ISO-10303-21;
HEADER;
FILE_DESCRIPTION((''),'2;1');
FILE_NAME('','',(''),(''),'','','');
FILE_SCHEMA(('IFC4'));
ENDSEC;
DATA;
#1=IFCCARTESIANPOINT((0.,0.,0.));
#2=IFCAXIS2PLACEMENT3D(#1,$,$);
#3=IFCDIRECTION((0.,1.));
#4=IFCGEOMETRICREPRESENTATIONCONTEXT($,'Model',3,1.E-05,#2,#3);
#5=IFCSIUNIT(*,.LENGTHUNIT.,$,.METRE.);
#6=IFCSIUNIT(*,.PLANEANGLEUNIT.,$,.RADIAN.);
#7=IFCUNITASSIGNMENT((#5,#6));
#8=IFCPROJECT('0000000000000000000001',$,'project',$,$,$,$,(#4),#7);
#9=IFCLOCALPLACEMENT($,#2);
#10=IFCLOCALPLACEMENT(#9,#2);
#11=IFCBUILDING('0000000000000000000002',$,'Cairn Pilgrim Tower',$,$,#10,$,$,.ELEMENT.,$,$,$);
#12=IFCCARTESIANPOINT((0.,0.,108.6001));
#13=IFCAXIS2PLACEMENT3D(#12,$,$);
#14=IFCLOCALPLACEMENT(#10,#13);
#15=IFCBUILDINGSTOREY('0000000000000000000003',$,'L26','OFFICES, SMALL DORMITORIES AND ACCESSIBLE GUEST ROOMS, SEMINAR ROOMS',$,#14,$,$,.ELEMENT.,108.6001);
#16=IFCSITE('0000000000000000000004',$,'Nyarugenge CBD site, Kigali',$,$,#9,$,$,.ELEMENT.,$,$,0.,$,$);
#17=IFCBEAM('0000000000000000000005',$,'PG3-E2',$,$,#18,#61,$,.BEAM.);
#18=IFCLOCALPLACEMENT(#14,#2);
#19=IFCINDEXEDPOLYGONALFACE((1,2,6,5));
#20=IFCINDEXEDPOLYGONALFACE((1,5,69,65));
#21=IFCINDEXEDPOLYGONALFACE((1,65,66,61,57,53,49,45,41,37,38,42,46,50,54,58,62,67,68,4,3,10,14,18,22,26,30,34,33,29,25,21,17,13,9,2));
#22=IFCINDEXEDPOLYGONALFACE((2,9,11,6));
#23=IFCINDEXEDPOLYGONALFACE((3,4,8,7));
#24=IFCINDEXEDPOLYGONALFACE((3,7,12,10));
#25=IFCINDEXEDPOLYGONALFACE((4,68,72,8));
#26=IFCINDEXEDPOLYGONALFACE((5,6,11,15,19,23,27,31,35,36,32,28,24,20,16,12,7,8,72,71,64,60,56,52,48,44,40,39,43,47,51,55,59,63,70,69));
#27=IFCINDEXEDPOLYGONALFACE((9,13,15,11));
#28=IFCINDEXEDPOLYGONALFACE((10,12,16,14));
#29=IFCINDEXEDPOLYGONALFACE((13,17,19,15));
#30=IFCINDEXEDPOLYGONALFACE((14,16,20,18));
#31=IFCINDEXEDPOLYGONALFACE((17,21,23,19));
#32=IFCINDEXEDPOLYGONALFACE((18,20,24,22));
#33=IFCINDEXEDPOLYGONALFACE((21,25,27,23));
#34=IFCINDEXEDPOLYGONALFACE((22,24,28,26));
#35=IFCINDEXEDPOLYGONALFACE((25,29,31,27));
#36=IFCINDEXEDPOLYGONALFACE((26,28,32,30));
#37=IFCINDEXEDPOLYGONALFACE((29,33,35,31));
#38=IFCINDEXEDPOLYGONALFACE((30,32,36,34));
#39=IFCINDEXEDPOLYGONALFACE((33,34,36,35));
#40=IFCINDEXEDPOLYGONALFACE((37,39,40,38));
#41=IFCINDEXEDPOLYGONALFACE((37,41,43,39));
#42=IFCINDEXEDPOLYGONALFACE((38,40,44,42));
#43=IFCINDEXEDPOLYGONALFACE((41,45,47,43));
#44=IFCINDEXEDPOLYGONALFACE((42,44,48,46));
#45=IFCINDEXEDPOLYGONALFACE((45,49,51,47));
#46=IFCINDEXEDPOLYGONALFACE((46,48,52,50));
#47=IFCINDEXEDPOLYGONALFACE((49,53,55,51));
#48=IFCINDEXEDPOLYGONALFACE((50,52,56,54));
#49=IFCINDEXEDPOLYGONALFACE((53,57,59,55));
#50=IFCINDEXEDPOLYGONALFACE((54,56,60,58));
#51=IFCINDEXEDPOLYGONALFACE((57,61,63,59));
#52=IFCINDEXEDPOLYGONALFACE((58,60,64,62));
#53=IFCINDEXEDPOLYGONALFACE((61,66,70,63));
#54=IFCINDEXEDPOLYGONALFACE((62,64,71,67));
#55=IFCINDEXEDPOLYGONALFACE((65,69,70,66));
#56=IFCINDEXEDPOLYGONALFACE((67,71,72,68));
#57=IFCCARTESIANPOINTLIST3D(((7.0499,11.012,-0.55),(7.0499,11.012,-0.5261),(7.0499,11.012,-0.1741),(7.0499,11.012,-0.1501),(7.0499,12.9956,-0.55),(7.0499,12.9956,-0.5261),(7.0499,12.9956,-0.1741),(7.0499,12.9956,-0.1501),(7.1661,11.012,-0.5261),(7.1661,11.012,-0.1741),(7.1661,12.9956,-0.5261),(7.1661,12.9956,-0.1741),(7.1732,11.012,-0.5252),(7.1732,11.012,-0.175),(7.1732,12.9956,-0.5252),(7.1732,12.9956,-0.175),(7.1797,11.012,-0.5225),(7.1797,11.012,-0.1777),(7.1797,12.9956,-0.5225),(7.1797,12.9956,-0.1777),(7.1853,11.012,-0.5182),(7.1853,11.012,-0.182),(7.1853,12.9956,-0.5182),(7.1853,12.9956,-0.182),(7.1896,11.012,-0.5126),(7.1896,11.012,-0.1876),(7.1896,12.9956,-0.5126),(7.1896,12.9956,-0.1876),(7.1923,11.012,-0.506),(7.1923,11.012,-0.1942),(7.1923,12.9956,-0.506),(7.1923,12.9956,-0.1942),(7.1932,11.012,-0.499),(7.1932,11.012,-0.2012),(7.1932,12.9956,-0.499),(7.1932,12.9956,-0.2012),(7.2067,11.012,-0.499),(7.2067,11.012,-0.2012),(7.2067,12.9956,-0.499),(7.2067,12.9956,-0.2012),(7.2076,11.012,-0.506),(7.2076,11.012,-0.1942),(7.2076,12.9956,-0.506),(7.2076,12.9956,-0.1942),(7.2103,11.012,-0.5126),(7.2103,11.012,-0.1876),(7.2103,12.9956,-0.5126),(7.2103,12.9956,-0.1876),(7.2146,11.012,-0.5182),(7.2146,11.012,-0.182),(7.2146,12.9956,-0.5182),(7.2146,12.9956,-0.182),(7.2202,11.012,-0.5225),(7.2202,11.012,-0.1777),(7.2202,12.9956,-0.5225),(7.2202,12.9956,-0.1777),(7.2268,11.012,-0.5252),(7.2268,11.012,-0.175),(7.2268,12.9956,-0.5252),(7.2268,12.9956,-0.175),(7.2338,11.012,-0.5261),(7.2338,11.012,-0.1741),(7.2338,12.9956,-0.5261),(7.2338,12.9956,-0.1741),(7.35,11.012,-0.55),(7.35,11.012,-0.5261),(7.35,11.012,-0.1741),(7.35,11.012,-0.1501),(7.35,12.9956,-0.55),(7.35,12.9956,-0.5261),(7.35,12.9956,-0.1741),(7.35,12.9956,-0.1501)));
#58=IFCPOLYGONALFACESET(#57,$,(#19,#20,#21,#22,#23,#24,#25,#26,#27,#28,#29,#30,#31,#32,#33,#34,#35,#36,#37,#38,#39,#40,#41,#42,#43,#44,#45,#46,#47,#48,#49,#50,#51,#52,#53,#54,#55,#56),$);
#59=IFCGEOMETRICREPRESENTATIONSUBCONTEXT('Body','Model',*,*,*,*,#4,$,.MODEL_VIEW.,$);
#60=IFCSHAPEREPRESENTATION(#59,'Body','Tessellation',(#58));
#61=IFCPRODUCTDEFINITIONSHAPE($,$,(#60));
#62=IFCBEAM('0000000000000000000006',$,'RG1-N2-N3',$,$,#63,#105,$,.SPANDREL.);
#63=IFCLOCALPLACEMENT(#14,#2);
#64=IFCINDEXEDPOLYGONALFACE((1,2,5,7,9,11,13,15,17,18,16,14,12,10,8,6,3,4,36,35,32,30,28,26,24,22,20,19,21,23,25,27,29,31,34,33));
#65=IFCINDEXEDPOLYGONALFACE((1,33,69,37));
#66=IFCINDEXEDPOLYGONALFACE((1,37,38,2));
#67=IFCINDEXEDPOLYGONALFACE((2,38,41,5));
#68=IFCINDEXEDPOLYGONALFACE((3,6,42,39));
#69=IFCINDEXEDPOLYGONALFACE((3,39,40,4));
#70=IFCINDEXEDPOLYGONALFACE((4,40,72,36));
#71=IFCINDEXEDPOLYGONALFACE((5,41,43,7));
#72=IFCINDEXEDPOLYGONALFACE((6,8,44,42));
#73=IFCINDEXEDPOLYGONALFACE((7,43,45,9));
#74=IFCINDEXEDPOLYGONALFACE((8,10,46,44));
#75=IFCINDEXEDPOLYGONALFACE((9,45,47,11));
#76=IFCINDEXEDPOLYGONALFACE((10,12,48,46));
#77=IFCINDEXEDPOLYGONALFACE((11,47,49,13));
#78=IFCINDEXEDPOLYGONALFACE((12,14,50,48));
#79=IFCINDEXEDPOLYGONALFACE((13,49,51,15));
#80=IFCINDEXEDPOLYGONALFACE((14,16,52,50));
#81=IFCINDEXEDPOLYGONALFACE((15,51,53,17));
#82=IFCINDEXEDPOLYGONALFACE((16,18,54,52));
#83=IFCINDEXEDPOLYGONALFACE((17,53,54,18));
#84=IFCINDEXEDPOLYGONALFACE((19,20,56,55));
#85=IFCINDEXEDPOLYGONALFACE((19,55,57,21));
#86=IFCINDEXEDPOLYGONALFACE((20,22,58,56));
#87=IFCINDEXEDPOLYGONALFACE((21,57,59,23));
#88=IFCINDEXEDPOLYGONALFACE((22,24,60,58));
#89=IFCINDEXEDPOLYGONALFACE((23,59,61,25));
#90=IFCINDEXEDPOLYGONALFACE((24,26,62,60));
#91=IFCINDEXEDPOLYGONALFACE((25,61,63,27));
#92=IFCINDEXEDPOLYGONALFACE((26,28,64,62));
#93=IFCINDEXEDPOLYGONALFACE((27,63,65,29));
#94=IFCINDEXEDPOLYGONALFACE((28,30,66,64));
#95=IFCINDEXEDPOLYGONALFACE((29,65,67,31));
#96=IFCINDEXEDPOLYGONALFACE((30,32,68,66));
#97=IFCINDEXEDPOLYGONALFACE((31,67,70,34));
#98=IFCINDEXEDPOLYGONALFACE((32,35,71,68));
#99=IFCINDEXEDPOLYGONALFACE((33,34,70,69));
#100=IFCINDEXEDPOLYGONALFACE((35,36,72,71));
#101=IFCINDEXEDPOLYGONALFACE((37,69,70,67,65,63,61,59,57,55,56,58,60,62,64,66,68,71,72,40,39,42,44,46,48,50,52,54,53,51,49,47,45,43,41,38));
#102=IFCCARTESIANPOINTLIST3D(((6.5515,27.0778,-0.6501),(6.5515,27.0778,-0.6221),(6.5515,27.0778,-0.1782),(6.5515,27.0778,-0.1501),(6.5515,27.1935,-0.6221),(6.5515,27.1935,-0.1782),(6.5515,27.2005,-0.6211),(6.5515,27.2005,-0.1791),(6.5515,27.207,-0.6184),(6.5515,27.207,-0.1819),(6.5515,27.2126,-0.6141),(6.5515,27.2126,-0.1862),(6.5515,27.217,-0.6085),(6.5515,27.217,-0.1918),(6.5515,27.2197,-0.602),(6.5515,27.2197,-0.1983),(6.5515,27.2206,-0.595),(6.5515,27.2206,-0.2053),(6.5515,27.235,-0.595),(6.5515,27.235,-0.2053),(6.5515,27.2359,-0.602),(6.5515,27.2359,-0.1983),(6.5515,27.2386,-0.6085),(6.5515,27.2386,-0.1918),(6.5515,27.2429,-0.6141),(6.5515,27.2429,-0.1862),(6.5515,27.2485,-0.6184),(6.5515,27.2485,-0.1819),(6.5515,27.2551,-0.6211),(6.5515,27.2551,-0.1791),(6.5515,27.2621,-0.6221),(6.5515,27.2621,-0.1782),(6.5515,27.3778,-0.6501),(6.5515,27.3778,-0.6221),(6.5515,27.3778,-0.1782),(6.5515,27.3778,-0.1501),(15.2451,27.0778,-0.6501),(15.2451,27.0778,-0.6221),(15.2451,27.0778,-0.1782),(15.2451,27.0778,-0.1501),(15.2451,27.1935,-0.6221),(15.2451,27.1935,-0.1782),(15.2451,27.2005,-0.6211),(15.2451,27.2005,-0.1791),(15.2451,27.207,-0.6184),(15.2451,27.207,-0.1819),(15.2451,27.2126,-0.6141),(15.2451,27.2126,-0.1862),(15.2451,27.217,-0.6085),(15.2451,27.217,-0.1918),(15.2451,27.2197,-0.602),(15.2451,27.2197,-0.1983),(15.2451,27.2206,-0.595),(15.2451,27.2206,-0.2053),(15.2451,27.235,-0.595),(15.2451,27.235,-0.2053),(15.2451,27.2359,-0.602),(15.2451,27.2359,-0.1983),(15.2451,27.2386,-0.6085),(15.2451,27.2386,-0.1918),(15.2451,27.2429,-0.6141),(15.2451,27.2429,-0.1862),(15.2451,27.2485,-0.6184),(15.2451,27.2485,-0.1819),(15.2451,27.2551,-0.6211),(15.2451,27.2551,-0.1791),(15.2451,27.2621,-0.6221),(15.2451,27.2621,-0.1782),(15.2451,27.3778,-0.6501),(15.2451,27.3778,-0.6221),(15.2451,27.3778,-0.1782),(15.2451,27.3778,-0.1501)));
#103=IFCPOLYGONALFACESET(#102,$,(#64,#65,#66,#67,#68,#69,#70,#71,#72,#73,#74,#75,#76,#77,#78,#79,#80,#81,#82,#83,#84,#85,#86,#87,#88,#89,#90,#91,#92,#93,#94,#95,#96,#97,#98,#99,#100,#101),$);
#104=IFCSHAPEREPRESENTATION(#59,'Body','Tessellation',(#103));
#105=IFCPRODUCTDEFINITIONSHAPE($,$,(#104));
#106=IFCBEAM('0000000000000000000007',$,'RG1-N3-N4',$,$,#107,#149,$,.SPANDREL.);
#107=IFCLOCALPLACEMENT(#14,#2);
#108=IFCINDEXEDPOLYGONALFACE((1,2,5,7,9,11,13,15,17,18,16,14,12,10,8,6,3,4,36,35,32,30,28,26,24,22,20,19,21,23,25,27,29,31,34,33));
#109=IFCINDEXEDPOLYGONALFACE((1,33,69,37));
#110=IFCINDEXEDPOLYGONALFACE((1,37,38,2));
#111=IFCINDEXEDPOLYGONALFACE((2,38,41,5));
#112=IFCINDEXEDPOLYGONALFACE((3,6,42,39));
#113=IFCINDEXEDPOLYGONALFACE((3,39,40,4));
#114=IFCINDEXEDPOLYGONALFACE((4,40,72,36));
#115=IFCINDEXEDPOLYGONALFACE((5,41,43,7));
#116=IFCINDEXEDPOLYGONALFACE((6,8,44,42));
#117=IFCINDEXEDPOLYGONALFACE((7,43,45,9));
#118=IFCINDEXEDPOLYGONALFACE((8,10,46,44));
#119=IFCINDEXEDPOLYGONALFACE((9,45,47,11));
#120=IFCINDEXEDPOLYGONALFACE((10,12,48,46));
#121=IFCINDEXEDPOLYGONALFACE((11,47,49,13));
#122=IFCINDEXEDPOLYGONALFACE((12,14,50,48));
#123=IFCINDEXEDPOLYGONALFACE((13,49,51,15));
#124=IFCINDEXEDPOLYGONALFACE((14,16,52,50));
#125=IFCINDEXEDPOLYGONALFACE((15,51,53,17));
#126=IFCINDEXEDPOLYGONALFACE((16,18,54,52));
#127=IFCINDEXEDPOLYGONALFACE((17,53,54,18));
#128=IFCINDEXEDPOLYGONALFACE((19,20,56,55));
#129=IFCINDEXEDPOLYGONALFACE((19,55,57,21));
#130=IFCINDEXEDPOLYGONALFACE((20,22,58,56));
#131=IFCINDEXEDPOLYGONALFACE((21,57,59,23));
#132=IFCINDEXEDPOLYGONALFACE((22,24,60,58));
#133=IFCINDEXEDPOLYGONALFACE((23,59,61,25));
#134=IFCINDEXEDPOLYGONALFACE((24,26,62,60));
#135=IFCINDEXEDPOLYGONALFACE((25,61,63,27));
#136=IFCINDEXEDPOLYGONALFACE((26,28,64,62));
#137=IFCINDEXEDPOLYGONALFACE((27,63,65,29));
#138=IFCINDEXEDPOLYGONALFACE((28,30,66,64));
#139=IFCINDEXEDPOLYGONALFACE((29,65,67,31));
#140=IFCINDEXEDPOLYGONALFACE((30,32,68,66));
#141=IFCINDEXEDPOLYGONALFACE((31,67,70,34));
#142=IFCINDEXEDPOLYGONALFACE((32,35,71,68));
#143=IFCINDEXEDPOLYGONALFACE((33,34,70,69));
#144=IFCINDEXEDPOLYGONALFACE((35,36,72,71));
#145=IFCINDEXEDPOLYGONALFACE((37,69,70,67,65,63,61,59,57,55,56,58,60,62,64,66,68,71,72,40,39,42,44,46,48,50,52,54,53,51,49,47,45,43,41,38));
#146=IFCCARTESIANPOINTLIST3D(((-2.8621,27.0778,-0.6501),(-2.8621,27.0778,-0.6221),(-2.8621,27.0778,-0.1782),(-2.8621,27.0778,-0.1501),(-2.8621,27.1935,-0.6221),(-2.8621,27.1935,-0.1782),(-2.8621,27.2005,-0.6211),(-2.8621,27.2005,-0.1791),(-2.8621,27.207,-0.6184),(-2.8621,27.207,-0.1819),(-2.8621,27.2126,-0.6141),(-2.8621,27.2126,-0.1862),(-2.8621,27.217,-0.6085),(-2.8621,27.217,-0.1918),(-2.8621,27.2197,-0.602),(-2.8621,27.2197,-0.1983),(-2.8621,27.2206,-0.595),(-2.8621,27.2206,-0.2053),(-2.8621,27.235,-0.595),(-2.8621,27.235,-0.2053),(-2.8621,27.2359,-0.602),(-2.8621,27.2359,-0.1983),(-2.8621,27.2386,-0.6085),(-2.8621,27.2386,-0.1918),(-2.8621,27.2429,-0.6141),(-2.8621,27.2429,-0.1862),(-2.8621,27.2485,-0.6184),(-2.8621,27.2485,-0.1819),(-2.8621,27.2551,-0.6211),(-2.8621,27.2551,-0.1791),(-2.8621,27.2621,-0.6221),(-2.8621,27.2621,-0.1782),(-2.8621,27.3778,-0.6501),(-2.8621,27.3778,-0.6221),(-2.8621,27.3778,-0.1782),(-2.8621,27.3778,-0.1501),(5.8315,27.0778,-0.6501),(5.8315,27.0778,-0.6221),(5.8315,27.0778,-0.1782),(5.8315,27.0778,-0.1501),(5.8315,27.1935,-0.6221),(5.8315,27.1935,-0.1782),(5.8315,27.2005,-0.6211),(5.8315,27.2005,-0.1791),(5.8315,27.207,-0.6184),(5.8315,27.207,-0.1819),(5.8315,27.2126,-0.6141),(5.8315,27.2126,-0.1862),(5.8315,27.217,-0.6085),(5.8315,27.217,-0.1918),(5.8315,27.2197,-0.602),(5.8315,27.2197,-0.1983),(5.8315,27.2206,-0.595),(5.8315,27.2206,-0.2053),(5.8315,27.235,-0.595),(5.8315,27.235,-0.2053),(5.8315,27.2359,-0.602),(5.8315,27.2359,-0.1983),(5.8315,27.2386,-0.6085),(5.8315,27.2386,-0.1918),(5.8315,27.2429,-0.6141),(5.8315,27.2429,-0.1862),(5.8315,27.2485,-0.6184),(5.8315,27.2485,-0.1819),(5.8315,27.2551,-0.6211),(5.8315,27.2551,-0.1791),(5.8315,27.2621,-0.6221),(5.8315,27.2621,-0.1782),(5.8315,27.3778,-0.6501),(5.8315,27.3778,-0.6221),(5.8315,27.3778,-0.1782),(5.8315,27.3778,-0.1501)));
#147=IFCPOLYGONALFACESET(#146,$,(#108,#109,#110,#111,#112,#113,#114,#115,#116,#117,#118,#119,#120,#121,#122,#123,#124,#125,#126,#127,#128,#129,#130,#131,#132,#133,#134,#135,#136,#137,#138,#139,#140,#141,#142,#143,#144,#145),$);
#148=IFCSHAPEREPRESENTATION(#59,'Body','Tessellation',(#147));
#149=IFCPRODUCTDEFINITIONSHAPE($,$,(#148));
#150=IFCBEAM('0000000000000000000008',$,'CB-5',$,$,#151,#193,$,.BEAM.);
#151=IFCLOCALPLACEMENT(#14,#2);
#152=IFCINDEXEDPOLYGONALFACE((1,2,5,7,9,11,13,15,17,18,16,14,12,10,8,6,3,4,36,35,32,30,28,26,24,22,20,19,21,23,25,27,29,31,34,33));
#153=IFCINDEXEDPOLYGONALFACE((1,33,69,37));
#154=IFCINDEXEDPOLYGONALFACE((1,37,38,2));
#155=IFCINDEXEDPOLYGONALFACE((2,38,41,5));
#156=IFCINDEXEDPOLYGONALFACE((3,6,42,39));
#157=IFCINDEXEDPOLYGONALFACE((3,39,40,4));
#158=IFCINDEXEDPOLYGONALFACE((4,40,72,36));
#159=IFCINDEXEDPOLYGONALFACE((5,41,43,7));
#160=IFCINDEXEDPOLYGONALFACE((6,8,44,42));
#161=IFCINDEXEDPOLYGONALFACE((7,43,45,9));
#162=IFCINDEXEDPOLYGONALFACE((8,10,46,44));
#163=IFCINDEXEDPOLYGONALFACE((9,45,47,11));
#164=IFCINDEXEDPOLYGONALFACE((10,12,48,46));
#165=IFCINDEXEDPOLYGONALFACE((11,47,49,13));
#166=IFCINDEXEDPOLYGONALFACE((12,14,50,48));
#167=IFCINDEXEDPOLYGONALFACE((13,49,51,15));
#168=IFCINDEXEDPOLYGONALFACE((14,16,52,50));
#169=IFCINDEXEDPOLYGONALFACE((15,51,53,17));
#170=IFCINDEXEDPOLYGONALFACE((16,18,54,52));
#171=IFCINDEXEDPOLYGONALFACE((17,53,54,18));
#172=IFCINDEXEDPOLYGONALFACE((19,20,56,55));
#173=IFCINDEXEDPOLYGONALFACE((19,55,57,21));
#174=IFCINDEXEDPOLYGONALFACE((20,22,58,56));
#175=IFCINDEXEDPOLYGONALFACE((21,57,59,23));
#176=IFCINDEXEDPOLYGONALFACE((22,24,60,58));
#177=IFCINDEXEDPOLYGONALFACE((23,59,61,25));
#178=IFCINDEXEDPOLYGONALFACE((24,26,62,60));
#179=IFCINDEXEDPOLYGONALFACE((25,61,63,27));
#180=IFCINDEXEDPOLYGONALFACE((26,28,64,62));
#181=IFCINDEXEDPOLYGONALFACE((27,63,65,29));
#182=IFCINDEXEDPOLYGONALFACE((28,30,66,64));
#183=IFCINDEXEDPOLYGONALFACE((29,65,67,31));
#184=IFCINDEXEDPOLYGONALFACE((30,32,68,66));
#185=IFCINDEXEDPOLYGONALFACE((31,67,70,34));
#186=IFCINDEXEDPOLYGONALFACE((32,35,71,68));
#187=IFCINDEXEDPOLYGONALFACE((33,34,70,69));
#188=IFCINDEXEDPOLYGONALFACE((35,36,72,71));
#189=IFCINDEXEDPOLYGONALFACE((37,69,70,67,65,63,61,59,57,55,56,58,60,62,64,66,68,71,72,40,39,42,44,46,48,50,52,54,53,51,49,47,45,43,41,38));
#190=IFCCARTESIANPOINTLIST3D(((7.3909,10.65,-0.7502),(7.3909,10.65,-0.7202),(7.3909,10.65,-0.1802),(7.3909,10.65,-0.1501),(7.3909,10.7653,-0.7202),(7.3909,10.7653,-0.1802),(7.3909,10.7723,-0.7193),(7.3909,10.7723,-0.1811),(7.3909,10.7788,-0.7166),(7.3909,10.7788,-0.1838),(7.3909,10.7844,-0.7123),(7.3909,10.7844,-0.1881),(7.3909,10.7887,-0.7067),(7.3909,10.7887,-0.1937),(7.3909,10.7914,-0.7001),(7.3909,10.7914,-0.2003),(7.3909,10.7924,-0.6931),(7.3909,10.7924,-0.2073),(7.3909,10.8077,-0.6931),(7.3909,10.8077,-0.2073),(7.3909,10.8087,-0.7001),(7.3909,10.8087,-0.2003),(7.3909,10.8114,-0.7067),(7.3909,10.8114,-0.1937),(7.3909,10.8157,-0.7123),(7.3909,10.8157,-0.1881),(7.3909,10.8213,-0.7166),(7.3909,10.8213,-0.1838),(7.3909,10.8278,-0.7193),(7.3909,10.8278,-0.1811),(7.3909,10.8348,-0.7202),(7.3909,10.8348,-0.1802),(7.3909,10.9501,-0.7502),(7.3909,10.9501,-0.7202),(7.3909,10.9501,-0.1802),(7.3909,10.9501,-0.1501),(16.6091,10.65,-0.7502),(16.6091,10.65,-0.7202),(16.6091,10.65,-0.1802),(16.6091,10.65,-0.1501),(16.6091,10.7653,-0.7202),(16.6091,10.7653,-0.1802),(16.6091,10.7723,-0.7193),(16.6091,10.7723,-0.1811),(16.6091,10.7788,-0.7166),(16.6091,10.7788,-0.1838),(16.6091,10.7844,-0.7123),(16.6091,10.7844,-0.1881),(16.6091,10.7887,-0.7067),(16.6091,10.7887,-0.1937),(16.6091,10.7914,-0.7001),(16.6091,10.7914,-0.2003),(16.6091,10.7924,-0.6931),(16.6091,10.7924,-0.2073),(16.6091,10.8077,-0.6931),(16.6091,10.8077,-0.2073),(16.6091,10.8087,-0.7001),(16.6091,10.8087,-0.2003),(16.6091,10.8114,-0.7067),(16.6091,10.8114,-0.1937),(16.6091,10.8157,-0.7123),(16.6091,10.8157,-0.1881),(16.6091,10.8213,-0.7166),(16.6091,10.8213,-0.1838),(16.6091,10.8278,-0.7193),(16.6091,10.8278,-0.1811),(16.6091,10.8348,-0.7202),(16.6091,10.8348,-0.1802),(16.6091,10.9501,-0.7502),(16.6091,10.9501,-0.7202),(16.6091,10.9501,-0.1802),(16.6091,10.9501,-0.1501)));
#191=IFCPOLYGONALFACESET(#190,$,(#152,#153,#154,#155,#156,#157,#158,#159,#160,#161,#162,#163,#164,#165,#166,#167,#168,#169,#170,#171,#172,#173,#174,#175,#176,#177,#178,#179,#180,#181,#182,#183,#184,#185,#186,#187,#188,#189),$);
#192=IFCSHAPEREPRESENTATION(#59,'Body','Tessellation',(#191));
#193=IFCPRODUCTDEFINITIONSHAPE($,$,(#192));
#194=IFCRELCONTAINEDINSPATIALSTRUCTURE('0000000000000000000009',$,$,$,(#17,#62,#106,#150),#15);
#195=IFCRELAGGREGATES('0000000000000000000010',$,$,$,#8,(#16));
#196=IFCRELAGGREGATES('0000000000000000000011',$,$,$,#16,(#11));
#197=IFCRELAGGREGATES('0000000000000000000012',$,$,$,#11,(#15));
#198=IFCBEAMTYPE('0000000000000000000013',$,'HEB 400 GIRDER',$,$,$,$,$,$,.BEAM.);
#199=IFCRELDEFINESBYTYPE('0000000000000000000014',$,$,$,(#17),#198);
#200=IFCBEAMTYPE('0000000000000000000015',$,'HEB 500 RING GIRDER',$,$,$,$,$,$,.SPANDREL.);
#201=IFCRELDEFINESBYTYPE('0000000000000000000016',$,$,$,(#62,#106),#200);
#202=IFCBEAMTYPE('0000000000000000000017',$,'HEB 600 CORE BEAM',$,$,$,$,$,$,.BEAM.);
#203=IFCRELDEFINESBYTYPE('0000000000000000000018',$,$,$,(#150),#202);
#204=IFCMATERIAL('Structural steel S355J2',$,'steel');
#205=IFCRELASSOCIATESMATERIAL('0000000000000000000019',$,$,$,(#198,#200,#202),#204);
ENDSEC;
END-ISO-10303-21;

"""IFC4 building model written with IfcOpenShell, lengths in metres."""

from ifc_helpers import new_model, si_unit, direction, frame, origin, origin_2d, place, context, subcontext, project, spatial, i_section, extrude, material, material_profile, profile_set, type_object, element, save


model = new_model("IFC4")

# Units and contexts
model_context = context("Model", 3, precision=1e-05, world=origin(), true_north=direction((0.0, 1.0)))
body_context = subcontext(model_context, "Body", "Model", "MODEL_VIEW")
ifc_project = project(units=[si_unit("LENGTHUNIT", "METRE"), si_unit("PLANEANGLEUNIT", "RADIAN")], contexts=[model_context])

# Site, building, storey
site_placement = place(None, origin())
site = spatial("IfcSite", under=ifc_project, at=site_placement, Name="Nyarugenge CBD site, Kigali", CompositionType="ELEMENT", RefElevation=0.0)
building_placement = place(site_placement, origin())
building = spatial("IfcBuilding", under=site, at=building_placement, Name="Cairn Pilgrim Tower", CompositionType="ELEMENT")
storey_placement = place(building_placement, frame((0.0, 0.0, 108.6001)))
storey = spatial("IfcBuildingStorey", under=building, at=storey_placement, Name="L26", Description="OFFICES, SMALL DORMITORIES AND ACCESSIBLE GUEST ROOMS, SEMINAR ROOMS", CompositionType="ELEMENT", Elevation=108.6001)

# Beams
ifc_material_1 = material(Name="Structural steel S355J2", Category="steel")
ifc_material_profile_1 = material_profile(ifc_material_1, i_section(OverallWidth=0.3, OverallDepth=0.3999, WebThickness=0.0134, FlangeThickness=0.0239, FilletRadius=0.0271, at=origin_2d()), Name="HEB 400")
ifc_profile_set_1 = profile_set([ifc_material_profile_1], Name="Structural steel S355J2")
beam_type_1 = type_object("IfcBeamType", Name="HEB 400 GIRDER", PredefinedType="BEAM", material=ifc_profile_set_1)
beam_1_placement = place(storey_placement, frame((7.2, 11.012, -0.3501), z_axis=(0.0, 1.0, 0.0), x_axis=(-1.0, 0.0, 0.0)))
element("IfcBeam", 1, at=beam_1_placement, inside=storey, type_object=beam_type_1, Name="PG3-E2", PredefinedType="BEAM", context=body_context, shape_type="SweptSolid", body=[
    extrude(i_section(OverallWidth=0.3, OverallDepth=0.3999, WebThickness=0.0134, FlangeThickness=0.0239, FilletRadius=0.0271, at=origin_2d()), origin(), (0.0, 0.0, 1.0), 1.9836),
])
ifc_material_profile_2 = material_profile(ifc_material_1, i_section(OverallWidth=0.3, OverallDepth=0.5, WebThickness=0.0144, FlangeThickness=0.0281, FilletRadius=0.0271, at=origin_2d()), Name="HEB 500")
ifc_profile_set_2 = profile_set([ifc_material_profile_2], Name="Structural steel S355J2")
beam_type_2 = type_object("IfcBeamType", Name="HEB 500 RING GIRDER", PredefinedType="SPANDREL", material=ifc_profile_set_2)
for number, where, z_axis, x_axis, name in (
    (2, (15.2451, 27.2278, -0.4001), (-1.0, 0.0, 0.0), (0.0, -1.0, 0.0), "RG1-N2-N3"),
    (3, (5.8315, 27.2278, -0.4001), (-1.0, 0.0, 0.0), (0.0, -1.0, 0.0), "RG1-N3-N4"),
):
    element("IfcBeam", number, at=place(storey_placement, frame(where, z_axis=z_axis, x_axis=x_axis)), inside=storey, type_object=beam_type_2, Name=name, PredefinedType="SPANDREL", context=body_context, shape_type="SweptSolid", body=[
        extrude(i_section(OverallWidth=0.3, OverallDepth=0.5, WebThickness=0.0144, FlangeThickness=0.0281, FilletRadius=0.0271, at=origin_2d()), origin(), (0.0, 0.0, 1.0), 8.6936),
    ])
ifc_material_profile_3 = material_profile(ifc_material_1, i_section(OverallWidth=0.3, OverallDepth=0.6001, WebThickness=0.0154, FlangeThickness=0.03, FilletRadius=0.0271, at=origin_2d()), Name="HEB 600")
ifc_profile_set_3 = profile_set([ifc_material_profile_3], Name="Structural steel S355J2")
beam_type_3 = type_object("IfcBeamType", Name="HEB 600 CORE BEAM", PredefinedType="BEAM", material=ifc_profile_set_3)
beam_2_placement = place(storey_placement, frame((16.6091, 10.8, -0.4502), z_axis=(-1.0, 0.0, 0.0), x_axis=(0.0, -1.0, 0.0)))
element("IfcBeam", 4, at=beam_2_placement, inside=storey, type_object=beam_type_3, Name="CB-5", PredefinedType="BEAM", context=body_context, shape_type="SweptSolid", body=[
    extrude(i_section(OverallWidth=0.3, OverallDepth=0.6001, WebThickness=0.0154, FlangeThickness=0.03, FilletRadius=0.0271, at=origin_2d()), origin(), (0.0, 0.0, 1.0), 9.2183),
])

save(model, "model.ifc")
